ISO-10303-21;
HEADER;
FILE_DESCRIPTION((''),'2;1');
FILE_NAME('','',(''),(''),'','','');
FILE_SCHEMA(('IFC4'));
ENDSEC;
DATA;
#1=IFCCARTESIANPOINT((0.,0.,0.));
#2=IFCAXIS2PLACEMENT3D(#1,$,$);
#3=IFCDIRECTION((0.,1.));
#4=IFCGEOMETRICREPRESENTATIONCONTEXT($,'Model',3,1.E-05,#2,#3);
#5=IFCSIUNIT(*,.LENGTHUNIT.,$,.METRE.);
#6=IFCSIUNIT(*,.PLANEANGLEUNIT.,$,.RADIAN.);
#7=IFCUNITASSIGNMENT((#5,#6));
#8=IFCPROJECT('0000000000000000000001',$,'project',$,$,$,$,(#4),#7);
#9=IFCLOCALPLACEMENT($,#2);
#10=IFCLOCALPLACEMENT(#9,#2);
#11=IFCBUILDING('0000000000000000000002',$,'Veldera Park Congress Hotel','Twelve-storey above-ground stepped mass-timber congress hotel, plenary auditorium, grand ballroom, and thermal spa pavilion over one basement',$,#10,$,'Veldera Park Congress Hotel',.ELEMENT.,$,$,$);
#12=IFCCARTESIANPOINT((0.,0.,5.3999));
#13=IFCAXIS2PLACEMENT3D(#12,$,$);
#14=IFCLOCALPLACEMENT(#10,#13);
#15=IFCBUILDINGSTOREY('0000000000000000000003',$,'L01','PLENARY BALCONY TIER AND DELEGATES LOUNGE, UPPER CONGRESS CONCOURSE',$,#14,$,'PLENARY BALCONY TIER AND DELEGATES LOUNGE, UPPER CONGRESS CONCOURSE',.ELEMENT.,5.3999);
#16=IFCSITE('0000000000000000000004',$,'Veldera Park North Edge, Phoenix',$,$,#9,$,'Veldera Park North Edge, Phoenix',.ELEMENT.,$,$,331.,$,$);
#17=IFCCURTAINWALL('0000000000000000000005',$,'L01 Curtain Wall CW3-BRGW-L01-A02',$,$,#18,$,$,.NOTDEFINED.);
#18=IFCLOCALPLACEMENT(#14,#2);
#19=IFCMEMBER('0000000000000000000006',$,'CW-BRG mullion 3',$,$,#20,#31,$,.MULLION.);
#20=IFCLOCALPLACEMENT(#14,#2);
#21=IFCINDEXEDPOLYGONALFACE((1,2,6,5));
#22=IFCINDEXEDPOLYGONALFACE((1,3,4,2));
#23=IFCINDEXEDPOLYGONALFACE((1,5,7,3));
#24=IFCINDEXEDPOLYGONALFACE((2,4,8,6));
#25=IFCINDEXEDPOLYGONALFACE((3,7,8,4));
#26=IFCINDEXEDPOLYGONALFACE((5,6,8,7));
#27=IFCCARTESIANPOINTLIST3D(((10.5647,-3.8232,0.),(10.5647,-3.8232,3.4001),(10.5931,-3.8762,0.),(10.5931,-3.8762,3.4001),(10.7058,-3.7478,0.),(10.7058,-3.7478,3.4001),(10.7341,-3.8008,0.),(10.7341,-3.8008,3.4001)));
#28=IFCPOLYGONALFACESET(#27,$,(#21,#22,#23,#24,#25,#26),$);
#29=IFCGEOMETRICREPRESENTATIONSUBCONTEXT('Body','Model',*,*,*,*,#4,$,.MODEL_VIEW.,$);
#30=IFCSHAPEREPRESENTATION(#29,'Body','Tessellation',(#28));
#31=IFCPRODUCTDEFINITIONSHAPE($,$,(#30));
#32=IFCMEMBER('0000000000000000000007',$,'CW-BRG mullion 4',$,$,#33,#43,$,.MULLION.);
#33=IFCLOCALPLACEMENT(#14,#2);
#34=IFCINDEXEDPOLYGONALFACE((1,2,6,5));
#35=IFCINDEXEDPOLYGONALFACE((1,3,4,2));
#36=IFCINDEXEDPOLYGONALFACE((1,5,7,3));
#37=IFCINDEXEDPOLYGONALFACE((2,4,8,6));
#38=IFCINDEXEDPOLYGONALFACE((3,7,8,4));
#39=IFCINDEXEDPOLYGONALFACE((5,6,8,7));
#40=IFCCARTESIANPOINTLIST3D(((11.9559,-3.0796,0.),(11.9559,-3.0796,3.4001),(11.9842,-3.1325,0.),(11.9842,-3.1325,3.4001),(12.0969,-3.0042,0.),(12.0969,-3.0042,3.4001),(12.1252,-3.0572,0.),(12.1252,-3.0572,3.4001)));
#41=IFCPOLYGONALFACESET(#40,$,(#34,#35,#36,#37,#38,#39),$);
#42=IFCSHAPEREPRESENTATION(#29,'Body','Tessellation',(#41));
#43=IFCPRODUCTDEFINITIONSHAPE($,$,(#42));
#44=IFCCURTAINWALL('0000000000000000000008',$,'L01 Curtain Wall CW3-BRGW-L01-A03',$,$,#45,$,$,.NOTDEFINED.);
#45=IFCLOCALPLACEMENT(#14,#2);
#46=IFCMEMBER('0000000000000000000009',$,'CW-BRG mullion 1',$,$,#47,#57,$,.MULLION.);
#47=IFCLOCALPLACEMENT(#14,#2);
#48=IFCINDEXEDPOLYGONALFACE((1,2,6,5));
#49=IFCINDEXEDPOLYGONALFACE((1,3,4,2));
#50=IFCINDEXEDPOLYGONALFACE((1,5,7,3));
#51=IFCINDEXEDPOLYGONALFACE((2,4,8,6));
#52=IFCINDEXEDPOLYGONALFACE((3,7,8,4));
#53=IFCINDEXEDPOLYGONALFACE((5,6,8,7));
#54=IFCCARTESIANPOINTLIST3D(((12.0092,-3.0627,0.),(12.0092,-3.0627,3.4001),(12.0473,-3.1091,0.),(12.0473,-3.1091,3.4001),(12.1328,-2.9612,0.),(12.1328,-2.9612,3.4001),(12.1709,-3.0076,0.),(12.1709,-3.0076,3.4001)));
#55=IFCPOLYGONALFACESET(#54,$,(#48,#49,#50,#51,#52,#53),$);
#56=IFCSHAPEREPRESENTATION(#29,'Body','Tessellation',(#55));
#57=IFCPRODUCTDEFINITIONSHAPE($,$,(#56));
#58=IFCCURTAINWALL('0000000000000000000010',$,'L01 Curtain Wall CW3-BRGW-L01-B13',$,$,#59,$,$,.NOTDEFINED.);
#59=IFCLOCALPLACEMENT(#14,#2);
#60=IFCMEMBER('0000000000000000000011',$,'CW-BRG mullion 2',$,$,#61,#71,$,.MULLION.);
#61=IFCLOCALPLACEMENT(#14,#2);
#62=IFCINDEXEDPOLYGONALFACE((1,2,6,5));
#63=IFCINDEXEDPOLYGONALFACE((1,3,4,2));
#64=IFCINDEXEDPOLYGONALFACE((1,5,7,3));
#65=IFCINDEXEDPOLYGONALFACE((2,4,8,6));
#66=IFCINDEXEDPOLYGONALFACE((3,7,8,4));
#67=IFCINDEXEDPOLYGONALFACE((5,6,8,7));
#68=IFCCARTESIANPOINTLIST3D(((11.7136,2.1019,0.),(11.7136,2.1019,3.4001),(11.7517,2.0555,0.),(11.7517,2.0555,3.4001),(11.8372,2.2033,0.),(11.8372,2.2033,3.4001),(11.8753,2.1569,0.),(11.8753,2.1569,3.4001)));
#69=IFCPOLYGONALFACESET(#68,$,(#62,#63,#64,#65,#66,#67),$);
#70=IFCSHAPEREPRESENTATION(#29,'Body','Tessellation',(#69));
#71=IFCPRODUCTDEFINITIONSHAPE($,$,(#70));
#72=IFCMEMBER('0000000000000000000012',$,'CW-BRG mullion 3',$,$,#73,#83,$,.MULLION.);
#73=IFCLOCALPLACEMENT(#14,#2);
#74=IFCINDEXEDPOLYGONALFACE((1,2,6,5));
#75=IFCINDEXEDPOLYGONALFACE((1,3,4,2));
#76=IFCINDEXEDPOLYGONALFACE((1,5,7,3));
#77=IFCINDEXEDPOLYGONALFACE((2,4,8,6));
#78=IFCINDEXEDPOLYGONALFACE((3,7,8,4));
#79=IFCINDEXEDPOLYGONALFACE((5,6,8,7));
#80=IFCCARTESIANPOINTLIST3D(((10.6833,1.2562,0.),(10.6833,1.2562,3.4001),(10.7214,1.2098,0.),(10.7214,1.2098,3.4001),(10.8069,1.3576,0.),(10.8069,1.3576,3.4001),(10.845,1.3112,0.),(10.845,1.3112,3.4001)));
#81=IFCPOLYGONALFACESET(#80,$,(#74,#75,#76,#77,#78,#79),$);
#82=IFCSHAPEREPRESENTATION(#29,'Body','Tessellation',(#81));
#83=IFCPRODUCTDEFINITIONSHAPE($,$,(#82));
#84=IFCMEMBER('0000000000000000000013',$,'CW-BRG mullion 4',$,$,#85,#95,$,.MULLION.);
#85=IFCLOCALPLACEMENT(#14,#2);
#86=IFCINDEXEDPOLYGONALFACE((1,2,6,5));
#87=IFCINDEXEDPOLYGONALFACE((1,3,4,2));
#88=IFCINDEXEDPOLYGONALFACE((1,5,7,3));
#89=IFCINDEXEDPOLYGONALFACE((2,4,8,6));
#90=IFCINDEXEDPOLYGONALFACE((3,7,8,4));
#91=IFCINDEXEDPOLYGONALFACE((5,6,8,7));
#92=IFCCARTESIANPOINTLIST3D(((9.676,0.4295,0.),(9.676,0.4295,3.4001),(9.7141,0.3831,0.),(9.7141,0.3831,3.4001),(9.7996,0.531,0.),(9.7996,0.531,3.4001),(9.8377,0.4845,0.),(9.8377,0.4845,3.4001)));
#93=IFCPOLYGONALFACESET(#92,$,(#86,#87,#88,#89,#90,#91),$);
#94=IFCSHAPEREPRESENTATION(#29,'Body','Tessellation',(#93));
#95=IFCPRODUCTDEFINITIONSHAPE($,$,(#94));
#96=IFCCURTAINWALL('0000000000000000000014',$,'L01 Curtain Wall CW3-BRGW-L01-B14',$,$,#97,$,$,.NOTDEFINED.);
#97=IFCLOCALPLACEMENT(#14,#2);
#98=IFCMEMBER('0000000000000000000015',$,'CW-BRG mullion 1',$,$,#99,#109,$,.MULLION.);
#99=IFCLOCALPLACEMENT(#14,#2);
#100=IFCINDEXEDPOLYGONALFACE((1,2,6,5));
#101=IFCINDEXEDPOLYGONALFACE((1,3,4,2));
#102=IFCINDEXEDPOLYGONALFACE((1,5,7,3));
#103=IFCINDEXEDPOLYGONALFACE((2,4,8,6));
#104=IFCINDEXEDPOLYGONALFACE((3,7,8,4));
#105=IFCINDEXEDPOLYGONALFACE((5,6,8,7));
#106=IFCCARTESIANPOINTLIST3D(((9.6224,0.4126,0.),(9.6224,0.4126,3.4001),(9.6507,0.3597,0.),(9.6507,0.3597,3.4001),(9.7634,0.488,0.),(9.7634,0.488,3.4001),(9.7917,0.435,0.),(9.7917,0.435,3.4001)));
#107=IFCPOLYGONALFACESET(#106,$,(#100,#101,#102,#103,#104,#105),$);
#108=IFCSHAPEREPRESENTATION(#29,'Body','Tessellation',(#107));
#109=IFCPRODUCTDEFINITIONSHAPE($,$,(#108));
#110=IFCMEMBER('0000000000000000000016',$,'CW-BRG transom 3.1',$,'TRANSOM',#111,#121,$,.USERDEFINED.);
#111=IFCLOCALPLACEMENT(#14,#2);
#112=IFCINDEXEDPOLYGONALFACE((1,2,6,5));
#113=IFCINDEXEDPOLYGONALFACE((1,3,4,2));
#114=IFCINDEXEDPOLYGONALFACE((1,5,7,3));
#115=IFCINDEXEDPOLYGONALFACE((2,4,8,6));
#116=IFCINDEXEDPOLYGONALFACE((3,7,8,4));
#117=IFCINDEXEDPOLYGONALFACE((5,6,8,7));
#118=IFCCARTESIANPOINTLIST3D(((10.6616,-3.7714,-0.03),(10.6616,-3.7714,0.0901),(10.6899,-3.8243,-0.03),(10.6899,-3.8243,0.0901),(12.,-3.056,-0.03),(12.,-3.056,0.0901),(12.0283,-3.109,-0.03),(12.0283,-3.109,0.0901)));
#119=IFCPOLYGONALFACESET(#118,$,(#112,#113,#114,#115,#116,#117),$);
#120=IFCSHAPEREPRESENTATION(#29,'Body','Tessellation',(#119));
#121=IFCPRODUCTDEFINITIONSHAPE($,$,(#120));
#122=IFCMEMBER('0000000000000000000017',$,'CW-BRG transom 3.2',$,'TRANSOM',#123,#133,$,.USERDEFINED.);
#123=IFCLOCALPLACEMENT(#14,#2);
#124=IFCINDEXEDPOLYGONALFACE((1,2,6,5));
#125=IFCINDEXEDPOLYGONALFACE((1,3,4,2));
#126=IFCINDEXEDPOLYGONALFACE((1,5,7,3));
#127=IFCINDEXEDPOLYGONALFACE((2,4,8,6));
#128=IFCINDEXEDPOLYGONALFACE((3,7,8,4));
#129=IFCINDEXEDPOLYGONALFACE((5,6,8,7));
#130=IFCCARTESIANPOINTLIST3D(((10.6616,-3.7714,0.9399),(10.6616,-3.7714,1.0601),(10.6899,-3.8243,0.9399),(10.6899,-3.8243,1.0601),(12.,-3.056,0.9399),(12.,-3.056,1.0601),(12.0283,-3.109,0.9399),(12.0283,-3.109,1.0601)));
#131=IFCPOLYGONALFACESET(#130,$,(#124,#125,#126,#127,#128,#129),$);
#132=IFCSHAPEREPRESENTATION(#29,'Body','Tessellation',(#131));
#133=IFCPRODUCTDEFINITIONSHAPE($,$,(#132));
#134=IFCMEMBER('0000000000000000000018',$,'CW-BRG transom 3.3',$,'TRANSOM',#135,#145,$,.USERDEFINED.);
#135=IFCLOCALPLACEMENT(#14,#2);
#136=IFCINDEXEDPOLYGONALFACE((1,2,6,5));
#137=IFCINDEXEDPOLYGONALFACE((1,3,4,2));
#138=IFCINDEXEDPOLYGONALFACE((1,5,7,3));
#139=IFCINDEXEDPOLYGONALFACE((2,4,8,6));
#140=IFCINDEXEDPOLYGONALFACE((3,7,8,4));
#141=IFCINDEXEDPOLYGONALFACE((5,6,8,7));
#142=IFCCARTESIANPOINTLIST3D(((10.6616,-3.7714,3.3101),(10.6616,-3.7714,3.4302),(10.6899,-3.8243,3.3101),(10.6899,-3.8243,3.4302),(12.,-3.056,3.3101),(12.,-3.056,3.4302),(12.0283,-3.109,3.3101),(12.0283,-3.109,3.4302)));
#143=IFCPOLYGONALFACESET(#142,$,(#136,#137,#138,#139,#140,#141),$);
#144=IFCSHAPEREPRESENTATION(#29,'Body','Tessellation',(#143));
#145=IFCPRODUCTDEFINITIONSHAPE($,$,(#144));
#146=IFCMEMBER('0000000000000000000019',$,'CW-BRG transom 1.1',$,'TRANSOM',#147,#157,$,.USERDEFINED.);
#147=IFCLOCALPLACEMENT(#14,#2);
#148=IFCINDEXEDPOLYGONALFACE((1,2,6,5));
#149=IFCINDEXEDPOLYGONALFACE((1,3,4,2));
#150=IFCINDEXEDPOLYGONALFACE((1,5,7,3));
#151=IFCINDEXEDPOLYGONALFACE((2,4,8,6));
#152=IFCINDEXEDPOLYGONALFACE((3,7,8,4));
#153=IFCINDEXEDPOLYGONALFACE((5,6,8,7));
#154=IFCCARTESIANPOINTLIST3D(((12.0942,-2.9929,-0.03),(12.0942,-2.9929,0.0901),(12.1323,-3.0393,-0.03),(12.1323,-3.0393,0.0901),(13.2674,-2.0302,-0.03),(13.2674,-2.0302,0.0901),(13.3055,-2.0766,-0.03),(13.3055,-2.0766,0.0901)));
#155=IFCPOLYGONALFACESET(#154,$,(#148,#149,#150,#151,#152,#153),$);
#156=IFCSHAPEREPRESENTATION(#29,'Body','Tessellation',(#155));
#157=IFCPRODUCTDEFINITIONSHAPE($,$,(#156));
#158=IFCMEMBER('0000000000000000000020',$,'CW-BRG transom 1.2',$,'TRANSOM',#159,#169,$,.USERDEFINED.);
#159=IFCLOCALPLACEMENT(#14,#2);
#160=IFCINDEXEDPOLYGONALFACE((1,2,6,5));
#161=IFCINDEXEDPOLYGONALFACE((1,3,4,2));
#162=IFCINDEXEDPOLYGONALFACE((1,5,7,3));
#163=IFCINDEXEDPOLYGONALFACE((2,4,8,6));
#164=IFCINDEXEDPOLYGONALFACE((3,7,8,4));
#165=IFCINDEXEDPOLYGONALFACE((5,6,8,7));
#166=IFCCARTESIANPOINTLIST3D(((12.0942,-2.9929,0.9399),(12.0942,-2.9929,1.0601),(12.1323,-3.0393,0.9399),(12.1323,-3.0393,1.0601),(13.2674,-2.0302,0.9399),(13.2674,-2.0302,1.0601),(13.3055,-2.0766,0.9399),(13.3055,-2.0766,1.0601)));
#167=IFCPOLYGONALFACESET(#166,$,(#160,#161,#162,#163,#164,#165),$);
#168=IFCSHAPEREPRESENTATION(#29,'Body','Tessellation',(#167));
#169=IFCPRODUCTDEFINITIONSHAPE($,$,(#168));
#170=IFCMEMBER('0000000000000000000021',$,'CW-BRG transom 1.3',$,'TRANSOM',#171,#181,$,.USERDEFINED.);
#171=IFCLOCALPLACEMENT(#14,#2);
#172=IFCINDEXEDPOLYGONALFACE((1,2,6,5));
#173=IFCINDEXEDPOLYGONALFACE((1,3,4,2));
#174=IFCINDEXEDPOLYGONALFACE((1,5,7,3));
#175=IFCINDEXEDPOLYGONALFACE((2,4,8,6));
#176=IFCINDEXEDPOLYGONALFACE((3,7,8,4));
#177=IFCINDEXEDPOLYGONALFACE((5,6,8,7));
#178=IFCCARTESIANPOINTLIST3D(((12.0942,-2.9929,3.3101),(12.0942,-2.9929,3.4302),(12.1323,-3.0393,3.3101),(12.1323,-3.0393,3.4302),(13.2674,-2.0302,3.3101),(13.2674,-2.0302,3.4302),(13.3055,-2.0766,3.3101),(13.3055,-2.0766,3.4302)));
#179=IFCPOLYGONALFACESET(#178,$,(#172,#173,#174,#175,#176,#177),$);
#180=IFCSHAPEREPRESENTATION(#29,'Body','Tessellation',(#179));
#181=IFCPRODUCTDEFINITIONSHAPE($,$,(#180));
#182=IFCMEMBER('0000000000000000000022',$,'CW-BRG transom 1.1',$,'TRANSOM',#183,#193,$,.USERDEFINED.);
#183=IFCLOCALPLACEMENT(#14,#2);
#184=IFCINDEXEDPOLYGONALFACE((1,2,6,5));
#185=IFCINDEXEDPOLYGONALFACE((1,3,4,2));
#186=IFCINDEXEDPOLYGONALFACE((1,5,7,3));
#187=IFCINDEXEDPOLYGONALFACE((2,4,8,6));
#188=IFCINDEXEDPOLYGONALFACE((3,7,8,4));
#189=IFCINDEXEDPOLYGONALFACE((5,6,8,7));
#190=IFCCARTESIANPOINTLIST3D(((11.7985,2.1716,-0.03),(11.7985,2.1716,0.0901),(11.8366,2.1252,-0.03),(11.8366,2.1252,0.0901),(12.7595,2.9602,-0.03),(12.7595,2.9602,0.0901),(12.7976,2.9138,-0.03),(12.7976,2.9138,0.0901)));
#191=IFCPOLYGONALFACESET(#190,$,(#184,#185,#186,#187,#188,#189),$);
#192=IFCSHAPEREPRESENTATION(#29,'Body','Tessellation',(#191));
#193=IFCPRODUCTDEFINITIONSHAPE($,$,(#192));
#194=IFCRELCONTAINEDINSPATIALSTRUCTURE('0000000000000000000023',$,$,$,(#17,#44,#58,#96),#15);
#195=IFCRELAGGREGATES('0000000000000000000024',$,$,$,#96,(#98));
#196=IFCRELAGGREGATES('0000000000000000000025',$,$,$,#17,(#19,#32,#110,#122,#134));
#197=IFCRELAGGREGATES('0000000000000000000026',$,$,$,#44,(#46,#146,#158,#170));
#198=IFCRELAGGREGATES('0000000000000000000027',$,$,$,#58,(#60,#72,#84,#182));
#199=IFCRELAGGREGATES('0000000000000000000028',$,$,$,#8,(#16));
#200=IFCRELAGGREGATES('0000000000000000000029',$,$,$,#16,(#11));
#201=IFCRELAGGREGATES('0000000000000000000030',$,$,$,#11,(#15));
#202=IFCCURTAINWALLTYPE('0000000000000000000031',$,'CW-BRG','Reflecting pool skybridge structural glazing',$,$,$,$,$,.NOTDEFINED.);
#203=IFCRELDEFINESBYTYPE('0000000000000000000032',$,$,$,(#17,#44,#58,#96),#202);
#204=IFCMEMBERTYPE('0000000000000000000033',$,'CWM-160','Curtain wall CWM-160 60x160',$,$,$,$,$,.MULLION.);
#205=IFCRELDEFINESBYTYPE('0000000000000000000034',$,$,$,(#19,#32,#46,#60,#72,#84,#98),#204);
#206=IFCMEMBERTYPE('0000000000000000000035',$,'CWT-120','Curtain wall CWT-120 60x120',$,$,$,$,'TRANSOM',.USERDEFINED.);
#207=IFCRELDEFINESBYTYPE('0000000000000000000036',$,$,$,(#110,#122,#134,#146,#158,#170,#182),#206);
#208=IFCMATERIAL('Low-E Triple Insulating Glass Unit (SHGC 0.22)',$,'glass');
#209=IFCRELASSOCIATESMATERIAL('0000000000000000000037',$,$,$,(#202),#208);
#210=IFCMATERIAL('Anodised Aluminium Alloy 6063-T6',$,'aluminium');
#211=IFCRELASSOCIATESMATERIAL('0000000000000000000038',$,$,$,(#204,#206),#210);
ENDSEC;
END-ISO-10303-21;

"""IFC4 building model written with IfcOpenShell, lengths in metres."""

from ifc_helpers import new_model, si_unit, direction, frame, origin, origin_2d, place, context, subcontext, project, spatial, rectangle, extrude, material, material_profile, profile_set, type_object, element, aggregate, save


model = new_model("IFC4")

# Units and contexts
model_context = context("Model", 3, precision=1e-05, world=origin(), true_north=direction((0.0, 1.0)))
body_context = subcontext(model_context, "Body", "Model", "MODEL_VIEW")
ifc_project = project(units=[si_unit("LENGTHUNIT", "METRE"), si_unit("PLANEANGLEUNIT", "RADIAN")], contexts=[model_context])

# Site, building, storey
site_placement = place(None, origin())
site = spatial("IfcSite", under=ifc_project, at=site_placement, Name="Veldera Park North Edge, Phoenix", LongName="Veldera Park North Edge, Phoenix", CompositionType="ELEMENT", RefElevation=331.0)
building_placement = place(site_placement, origin())
building = spatial("IfcBuilding", under=site, at=building_placement, Name="Veldera Park Congress Hotel", Description="Twelve-storey above-ground stepped mass-timber congress hotel, plenary auditorium, grand ballroom, and thermal spa pavilion over one basement", LongName="Veldera Park Congress Hotel", CompositionType="ELEMENT")
storey_placement = place(building_placement, frame((0.0, 0.0, 5.3999)))
storey = spatial("IfcBuildingStorey", under=building, at=storey_placement, Name="L01", Description="PLENARY BALCONY TIER AND DELEGATES LOUNGE, UPPER CONGRESS CONCOURSE", LongName="PLENARY BALCONY TIER AND DELEGATES LOUNGE, UPPER CONGRESS CONCOURSE", CompositionType="ELEMENT", Elevation=5.3999)

# Curtain wall, members
ifc_material_1 = material(Name="Low-E Triple Insulating Glass Unit (SHGC 0.22)", Category="glass")
curtain_wall_type = type_object("IfcCurtainWallType", Name="CW-BRG", Description="Reflecting pool skybridge structural glazing", PredefinedType="NOTDEFINED", material=ifc_material_1)
curtain_wall_1_placement = place(storey_placement, origin())
curtain_wall_1 = element("IfcCurtainWall", 1, at=curtain_wall_1_placement, inside=storey, type_object=curtain_wall_type, Name="L01 Curtain Wall CW3-BRGW-L01-A02", PredefinedType="NOTDEFINED")
ifc_material_2 = material(Name="Anodised Aluminium Alloy 6063-T6", Category="aluminium")
ifc_material_profile_1 = material_profile(ifc_material_2, rectangle(XDim=0.0601, YDim=0.1599, at=origin_2d()), Name="ALU 60x160")
ifc_profile_set_1 = profile_set([ifc_material_profile_1], Name="Anodised Aluminium Alloy 6063-T6")
member_type_1 = type_object("IfcMemberType", Name="CWM-160", Description="Curtain wall CWM-160 60x160", PredefinedType="MULLION", material=ifc_profile_set_1)
member_1_placement = place(storey_placement, frame((10.6494, -3.812, 0.0), z_axis=(0.0, 0.0, 1.0), x_axis=(-0.471385, 0.881928, 0.0)))
member_1 = element("IfcMember", 2, at=member_1_placement, type_object=member_type_1, Name="CW-BRG mullion 3", PredefinedType="MULLION", context=body_context, shape_type="SweptSolid", body=[
    extrude(rectangle(XDim=0.0601, YDim=0.1599, at=origin_2d()), origin(), (0.0, 0.0, 1.0), 3.4001),
])
member_2_placement = place(storey_placement, frame((12.0405, -3.0684, 0.0), z_axis=(0.0, 0.0, 1.0), x_axis=(-0.471385, 0.881928, 0.0)))
member_2 = element("IfcMember", 3, at=member_2_placement, type_object=member_type_1, Name="CW-BRG mullion 4", PredefinedType="MULLION", context=body_context, shape_type="SweptSolid", body=[
    extrude(rectangle(XDim=0.0601, YDim=0.1599, at=origin_2d()), origin(), (0.0, 0.0, 1.0), 3.4001),
])

# Curtain wall, member
curtain_wall_2_placement = place(storey_placement, origin())
curtain_wall_2 = element("IfcCurtainWall", 4, at=curtain_wall_2_placement, inside=storey, type_object=curtain_wall_type, Name="L01 Curtain Wall CW3-BRGW-L01-A03", PredefinedType="NOTDEFINED")
member_3_placement = place(storey_placement, frame((12.0901, -3.0352, 0.0), z_axis=(0.0, 0.0, 1.0), x_axis=(-0.634402, 0.773003, 0.0)))
member_3 = element("IfcMember", 5, at=member_3_placement, type_object=member_type_1, Name="CW-BRG mullion 1", PredefinedType="MULLION", context=body_context, shape_type="SweptSolid", body=[
    extrude(rectangle(XDim=0.0601, YDim=0.1599, at=origin_2d()), origin(), (0.0, 0.0, 1.0), 3.4001),
])

# Curtain wall, members
curtain_wall_3_placement = place(storey_placement, origin())
curtain_wall_3 = element("IfcCurtainWall", 6, at=curtain_wall_3_placement, inside=storey, type_object=curtain_wall_type, Name="L01 Curtain Wall CW3-BRGW-L01-B13", PredefinedType="NOTDEFINED")
member_4_placement = place(storey_placement, frame((11.7944, 2.1294, 0.0), z_axis=(0.0, 0.0, 1.0), x_axis=(0.634386, -0.773016, 0.0)))
member_4 = element("IfcMember", 7, at=member_4_placement, type_object=member_type_1, Name="CW-BRG mullion 2", PredefinedType="MULLION", context=body_context, shape_type="SweptSolid", body=[
    extrude(rectangle(XDim=0.0601, YDim=0.1599, at=origin_2d()), origin(), (0.0, 0.0, 1.0), 3.4001),
])
member_5_placement = place(storey_placement, frame((10.7642, 1.2837, 0.0), z_axis=(0.0, 0.0, 1.0), x_axis=(0.634386, -0.773016, 0.0)))
member_5 = element("IfcMember", 8, at=member_5_placement, type_object=member_type_1, Name="CW-BRG mullion 3", PredefinedType="MULLION", context=body_context, shape_type="SweptSolid", body=[
    extrude(rectangle(XDim=0.0601, YDim=0.1599, at=origin_2d()), origin(), (0.0, 0.0, 1.0), 3.4001),
])
member_6_placement = place(storey_placement, frame((9.7568, 0.457, 0.0), z_axis=(0.0, 0.0, 1.0), x_axis=(0.634386, -0.773016, 0.0)))
member_6 = element("IfcMember", 9, at=member_6_placement, type_object=member_type_1, Name="CW-BRG mullion 4", PredefinedType="MULLION", context=body_context, shape_type="SweptSolid", body=[
    extrude(rectangle(XDim=0.0601, YDim=0.1599, at=origin_2d()), origin(), (0.0, 0.0, 1.0), 3.4001),
])

# Curtain wall, member
curtain_wall_4_placement = place(storey_placement, origin())
curtain_wall_4 = element("IfcCurtainWall", 10, at=curtain_wall_4_placement, inside=storey, type_object=curtain_wall_type, Name="L01 Curtain Wall CW3-BRGW-L01-B14", PredefinedType="NOTDEFINED")
member_7_placement = place(storey_placement, frame((9.707, 0.4238, 0.0), z_axis=(0.0, 0.0, 1.0), x_axis=(0.471384, -0.881928, 0.0)))
member_7 = element("IfcMember", 11, at=member_7_placement, type_object=member_type_1, Name="CW-BRG mullion 1", PredefinedType="MULLION", context=body_context, shape_type="SweptSolid", body=[
    extrude(rectangle(XDim=0.0601, YDim=0.1599, at=origin_2d()), origin(), (0.0, 0.0, 1.0), 3.4001),
])

# Members
ifc_material_profile_2 = material_profile(ifc_material_2, rectangle(XDim=0.0601, YDim=0.1201, at=origin_2d()), Name="ALU 60x120")
ifc_profile_set_2 = profile_set([ifc_material_profile_2], Name="Anodised Aluminium Alloy 6063-T6")
member_type_2 = type_object("IfcMemberType", Name="CWT-120", Description="Curtain wall CWT-120 60x120", ElementType="TRANSOM", PredefinedType="USERDEFINED", material=ifc_profile_set_2)
member_8_placement = place(storey_placement, frame((10.6758, -3.7979, 0.03), z_axis=(0.881934, 0.471373, 0.0), x_axis=(-0.471373, 0.881934, 0.0)))
member_8 = element("IfcMember", 12, at=member_8_placement, type_object=member_type_2, Name="CW-BRG transom 3.1", ObjectType="TRANSOM", PredefinedType="USERDEFINED", context=body_context, shape_type="SweptSolid", body=[
    extrude(rectangle(XDim=0.0601, YDim=0.1201, at=origin_2d()), origin(), (0.0, 0.0, 1.0), 1.5176),
])
member_9_placement = place(storey_placement, frame((10.6758, -3.7979, 1.0), z_axis=(0.881934, 0.471373, 0.0), x_axis=(-0.471373, 0.881934, 0.0)))
member_9 = element("IfcMember", 13, at=member_9_placement, type_object=member_type_2, Name="CW-BRG transom 3.2", ObjectType="TRANSOM", PredefinedType="USERDEFINED", context=body_context, shape_type="SweptSolid", body=[
    extrude(rectangle(XDim=0.0601, YDim=0.1201, at=origin_2d()), origin(), (0.0, 0.0, 1.0), 1.5176),
])
member_10_placement = place(storey_placement, frame((10.6758, -3.7979, 3.3701), z_axis=(0.881934, 0.471373, 0.0), x_axis=(-0.471373, 0.881934, 0.0)))
member_10 = element("IfcMember", 14, at=member_10_placement, type_object=member_type_2, Name="CW-BRG transom 3.3", ObjectType="TRANSOM", PredefinedType="USERDEFINED", context=body_context, shape_type="SweptSolid", body=[
    extrude(rectangle(XDim=0.0601, YDim=0.1201, at=origin_2d()), origin(), (0.0, 0.0, 1.0), 1.5176),
])
member_11_placement = place(storey_placement, frame((12.1133, -3.0161, 0.03), z_axis=(0.773039, 0.634359, 0.0), x_axis=(-0.634359, 0.773039, 0.0)))
member_11 = element("IfcMember", 15, at=member_11_placement, type_object=member_type_2, Name="CW-BRG transom 1.1", ObjectType="TRANSOM", PredefinedType="USERDEFINED", context=body_context, shape_type="SweptSolid", body=[
    extrude(rectangle(XDim=0.0601, YDim=0.1201, at=origin_2d()), origin(), (0.0, 0.0, 1.0), 1.5176),
])
member_12_placement = place(storey_placement, frame((12.1133, -3.0161, 1.0), z_axis=(0.773039, 0.634359, 0.0), x_axis=(-0.634359, 0.773039, 0.0)))
member_12 = element("IfcMember", 16, at=member_12_placement, type_object=member_type_2, Name="CW-BRG transom 1.2", ObjectType="TRANSOM", PredefinedType="USERDEFINED", context=body_context, shape_type="SweptSolid", body=[
    extrude(rectangle(XDim=0.0601, YDim=0.1201, at=origin_2d()), origin(), (0.0, 0.0, 1.0), 1.5176),
])
member_13_placement = place(storey_placement, frame((12.1133, -3.0161, 3.3701), z_axis=(0.773039, 0.634359, 0.0), x_axis=(-0.634359, 0.773039, 0.0)))
member_13 = element("IfcMember", 17, at=member_13_placement, type_object=member_type_2, Name="CW-BRG transom 1.3", ObjectType="TRANSOM", PredefinedType="USERDEFINED", context=body_context, shape_type="SweptSolid", body=[
    extrude(rectangle(XDim=0.0601, YDim=0.1201, at=origin_2d()), origin(), (0.0, 0.0, 1.0), 1.5176),
])
member_14_placement = place(storey_placement, frame((12.7786, 2.937, 0.03), z_axis=(-0.773029, -0.634371, 0.0), x_axis=(0.634371, -0.773029, 0.0)))
member_14 = element("IfcMember", 18, at=member_14_placement, type_object=member_type_2, Name="CW-BRG transom 1.1", ObjectType="TRANSOM", PredefinedType="USERDEFINED", context=body_context, shape_type="SweptSolid", body=[
    extrude(rectangle(XDim=0.0601, YDim=0.1201, at=origin_2d()), origin(), (0.0, 0.0, 1.0), 1.2432),
])
aggregate(curtain_wall_4, [member_7])

aggregate(curtain_wall_1, [member_1, member_2, member_8, member_9, member_10])
aggregate(curtain_wall_2, [member_3, member_11, member_12, member_13])
aggregate(curtain_wall_3, [member_4, member_5, member_6, member_14])

save(model, "model.ifc")
